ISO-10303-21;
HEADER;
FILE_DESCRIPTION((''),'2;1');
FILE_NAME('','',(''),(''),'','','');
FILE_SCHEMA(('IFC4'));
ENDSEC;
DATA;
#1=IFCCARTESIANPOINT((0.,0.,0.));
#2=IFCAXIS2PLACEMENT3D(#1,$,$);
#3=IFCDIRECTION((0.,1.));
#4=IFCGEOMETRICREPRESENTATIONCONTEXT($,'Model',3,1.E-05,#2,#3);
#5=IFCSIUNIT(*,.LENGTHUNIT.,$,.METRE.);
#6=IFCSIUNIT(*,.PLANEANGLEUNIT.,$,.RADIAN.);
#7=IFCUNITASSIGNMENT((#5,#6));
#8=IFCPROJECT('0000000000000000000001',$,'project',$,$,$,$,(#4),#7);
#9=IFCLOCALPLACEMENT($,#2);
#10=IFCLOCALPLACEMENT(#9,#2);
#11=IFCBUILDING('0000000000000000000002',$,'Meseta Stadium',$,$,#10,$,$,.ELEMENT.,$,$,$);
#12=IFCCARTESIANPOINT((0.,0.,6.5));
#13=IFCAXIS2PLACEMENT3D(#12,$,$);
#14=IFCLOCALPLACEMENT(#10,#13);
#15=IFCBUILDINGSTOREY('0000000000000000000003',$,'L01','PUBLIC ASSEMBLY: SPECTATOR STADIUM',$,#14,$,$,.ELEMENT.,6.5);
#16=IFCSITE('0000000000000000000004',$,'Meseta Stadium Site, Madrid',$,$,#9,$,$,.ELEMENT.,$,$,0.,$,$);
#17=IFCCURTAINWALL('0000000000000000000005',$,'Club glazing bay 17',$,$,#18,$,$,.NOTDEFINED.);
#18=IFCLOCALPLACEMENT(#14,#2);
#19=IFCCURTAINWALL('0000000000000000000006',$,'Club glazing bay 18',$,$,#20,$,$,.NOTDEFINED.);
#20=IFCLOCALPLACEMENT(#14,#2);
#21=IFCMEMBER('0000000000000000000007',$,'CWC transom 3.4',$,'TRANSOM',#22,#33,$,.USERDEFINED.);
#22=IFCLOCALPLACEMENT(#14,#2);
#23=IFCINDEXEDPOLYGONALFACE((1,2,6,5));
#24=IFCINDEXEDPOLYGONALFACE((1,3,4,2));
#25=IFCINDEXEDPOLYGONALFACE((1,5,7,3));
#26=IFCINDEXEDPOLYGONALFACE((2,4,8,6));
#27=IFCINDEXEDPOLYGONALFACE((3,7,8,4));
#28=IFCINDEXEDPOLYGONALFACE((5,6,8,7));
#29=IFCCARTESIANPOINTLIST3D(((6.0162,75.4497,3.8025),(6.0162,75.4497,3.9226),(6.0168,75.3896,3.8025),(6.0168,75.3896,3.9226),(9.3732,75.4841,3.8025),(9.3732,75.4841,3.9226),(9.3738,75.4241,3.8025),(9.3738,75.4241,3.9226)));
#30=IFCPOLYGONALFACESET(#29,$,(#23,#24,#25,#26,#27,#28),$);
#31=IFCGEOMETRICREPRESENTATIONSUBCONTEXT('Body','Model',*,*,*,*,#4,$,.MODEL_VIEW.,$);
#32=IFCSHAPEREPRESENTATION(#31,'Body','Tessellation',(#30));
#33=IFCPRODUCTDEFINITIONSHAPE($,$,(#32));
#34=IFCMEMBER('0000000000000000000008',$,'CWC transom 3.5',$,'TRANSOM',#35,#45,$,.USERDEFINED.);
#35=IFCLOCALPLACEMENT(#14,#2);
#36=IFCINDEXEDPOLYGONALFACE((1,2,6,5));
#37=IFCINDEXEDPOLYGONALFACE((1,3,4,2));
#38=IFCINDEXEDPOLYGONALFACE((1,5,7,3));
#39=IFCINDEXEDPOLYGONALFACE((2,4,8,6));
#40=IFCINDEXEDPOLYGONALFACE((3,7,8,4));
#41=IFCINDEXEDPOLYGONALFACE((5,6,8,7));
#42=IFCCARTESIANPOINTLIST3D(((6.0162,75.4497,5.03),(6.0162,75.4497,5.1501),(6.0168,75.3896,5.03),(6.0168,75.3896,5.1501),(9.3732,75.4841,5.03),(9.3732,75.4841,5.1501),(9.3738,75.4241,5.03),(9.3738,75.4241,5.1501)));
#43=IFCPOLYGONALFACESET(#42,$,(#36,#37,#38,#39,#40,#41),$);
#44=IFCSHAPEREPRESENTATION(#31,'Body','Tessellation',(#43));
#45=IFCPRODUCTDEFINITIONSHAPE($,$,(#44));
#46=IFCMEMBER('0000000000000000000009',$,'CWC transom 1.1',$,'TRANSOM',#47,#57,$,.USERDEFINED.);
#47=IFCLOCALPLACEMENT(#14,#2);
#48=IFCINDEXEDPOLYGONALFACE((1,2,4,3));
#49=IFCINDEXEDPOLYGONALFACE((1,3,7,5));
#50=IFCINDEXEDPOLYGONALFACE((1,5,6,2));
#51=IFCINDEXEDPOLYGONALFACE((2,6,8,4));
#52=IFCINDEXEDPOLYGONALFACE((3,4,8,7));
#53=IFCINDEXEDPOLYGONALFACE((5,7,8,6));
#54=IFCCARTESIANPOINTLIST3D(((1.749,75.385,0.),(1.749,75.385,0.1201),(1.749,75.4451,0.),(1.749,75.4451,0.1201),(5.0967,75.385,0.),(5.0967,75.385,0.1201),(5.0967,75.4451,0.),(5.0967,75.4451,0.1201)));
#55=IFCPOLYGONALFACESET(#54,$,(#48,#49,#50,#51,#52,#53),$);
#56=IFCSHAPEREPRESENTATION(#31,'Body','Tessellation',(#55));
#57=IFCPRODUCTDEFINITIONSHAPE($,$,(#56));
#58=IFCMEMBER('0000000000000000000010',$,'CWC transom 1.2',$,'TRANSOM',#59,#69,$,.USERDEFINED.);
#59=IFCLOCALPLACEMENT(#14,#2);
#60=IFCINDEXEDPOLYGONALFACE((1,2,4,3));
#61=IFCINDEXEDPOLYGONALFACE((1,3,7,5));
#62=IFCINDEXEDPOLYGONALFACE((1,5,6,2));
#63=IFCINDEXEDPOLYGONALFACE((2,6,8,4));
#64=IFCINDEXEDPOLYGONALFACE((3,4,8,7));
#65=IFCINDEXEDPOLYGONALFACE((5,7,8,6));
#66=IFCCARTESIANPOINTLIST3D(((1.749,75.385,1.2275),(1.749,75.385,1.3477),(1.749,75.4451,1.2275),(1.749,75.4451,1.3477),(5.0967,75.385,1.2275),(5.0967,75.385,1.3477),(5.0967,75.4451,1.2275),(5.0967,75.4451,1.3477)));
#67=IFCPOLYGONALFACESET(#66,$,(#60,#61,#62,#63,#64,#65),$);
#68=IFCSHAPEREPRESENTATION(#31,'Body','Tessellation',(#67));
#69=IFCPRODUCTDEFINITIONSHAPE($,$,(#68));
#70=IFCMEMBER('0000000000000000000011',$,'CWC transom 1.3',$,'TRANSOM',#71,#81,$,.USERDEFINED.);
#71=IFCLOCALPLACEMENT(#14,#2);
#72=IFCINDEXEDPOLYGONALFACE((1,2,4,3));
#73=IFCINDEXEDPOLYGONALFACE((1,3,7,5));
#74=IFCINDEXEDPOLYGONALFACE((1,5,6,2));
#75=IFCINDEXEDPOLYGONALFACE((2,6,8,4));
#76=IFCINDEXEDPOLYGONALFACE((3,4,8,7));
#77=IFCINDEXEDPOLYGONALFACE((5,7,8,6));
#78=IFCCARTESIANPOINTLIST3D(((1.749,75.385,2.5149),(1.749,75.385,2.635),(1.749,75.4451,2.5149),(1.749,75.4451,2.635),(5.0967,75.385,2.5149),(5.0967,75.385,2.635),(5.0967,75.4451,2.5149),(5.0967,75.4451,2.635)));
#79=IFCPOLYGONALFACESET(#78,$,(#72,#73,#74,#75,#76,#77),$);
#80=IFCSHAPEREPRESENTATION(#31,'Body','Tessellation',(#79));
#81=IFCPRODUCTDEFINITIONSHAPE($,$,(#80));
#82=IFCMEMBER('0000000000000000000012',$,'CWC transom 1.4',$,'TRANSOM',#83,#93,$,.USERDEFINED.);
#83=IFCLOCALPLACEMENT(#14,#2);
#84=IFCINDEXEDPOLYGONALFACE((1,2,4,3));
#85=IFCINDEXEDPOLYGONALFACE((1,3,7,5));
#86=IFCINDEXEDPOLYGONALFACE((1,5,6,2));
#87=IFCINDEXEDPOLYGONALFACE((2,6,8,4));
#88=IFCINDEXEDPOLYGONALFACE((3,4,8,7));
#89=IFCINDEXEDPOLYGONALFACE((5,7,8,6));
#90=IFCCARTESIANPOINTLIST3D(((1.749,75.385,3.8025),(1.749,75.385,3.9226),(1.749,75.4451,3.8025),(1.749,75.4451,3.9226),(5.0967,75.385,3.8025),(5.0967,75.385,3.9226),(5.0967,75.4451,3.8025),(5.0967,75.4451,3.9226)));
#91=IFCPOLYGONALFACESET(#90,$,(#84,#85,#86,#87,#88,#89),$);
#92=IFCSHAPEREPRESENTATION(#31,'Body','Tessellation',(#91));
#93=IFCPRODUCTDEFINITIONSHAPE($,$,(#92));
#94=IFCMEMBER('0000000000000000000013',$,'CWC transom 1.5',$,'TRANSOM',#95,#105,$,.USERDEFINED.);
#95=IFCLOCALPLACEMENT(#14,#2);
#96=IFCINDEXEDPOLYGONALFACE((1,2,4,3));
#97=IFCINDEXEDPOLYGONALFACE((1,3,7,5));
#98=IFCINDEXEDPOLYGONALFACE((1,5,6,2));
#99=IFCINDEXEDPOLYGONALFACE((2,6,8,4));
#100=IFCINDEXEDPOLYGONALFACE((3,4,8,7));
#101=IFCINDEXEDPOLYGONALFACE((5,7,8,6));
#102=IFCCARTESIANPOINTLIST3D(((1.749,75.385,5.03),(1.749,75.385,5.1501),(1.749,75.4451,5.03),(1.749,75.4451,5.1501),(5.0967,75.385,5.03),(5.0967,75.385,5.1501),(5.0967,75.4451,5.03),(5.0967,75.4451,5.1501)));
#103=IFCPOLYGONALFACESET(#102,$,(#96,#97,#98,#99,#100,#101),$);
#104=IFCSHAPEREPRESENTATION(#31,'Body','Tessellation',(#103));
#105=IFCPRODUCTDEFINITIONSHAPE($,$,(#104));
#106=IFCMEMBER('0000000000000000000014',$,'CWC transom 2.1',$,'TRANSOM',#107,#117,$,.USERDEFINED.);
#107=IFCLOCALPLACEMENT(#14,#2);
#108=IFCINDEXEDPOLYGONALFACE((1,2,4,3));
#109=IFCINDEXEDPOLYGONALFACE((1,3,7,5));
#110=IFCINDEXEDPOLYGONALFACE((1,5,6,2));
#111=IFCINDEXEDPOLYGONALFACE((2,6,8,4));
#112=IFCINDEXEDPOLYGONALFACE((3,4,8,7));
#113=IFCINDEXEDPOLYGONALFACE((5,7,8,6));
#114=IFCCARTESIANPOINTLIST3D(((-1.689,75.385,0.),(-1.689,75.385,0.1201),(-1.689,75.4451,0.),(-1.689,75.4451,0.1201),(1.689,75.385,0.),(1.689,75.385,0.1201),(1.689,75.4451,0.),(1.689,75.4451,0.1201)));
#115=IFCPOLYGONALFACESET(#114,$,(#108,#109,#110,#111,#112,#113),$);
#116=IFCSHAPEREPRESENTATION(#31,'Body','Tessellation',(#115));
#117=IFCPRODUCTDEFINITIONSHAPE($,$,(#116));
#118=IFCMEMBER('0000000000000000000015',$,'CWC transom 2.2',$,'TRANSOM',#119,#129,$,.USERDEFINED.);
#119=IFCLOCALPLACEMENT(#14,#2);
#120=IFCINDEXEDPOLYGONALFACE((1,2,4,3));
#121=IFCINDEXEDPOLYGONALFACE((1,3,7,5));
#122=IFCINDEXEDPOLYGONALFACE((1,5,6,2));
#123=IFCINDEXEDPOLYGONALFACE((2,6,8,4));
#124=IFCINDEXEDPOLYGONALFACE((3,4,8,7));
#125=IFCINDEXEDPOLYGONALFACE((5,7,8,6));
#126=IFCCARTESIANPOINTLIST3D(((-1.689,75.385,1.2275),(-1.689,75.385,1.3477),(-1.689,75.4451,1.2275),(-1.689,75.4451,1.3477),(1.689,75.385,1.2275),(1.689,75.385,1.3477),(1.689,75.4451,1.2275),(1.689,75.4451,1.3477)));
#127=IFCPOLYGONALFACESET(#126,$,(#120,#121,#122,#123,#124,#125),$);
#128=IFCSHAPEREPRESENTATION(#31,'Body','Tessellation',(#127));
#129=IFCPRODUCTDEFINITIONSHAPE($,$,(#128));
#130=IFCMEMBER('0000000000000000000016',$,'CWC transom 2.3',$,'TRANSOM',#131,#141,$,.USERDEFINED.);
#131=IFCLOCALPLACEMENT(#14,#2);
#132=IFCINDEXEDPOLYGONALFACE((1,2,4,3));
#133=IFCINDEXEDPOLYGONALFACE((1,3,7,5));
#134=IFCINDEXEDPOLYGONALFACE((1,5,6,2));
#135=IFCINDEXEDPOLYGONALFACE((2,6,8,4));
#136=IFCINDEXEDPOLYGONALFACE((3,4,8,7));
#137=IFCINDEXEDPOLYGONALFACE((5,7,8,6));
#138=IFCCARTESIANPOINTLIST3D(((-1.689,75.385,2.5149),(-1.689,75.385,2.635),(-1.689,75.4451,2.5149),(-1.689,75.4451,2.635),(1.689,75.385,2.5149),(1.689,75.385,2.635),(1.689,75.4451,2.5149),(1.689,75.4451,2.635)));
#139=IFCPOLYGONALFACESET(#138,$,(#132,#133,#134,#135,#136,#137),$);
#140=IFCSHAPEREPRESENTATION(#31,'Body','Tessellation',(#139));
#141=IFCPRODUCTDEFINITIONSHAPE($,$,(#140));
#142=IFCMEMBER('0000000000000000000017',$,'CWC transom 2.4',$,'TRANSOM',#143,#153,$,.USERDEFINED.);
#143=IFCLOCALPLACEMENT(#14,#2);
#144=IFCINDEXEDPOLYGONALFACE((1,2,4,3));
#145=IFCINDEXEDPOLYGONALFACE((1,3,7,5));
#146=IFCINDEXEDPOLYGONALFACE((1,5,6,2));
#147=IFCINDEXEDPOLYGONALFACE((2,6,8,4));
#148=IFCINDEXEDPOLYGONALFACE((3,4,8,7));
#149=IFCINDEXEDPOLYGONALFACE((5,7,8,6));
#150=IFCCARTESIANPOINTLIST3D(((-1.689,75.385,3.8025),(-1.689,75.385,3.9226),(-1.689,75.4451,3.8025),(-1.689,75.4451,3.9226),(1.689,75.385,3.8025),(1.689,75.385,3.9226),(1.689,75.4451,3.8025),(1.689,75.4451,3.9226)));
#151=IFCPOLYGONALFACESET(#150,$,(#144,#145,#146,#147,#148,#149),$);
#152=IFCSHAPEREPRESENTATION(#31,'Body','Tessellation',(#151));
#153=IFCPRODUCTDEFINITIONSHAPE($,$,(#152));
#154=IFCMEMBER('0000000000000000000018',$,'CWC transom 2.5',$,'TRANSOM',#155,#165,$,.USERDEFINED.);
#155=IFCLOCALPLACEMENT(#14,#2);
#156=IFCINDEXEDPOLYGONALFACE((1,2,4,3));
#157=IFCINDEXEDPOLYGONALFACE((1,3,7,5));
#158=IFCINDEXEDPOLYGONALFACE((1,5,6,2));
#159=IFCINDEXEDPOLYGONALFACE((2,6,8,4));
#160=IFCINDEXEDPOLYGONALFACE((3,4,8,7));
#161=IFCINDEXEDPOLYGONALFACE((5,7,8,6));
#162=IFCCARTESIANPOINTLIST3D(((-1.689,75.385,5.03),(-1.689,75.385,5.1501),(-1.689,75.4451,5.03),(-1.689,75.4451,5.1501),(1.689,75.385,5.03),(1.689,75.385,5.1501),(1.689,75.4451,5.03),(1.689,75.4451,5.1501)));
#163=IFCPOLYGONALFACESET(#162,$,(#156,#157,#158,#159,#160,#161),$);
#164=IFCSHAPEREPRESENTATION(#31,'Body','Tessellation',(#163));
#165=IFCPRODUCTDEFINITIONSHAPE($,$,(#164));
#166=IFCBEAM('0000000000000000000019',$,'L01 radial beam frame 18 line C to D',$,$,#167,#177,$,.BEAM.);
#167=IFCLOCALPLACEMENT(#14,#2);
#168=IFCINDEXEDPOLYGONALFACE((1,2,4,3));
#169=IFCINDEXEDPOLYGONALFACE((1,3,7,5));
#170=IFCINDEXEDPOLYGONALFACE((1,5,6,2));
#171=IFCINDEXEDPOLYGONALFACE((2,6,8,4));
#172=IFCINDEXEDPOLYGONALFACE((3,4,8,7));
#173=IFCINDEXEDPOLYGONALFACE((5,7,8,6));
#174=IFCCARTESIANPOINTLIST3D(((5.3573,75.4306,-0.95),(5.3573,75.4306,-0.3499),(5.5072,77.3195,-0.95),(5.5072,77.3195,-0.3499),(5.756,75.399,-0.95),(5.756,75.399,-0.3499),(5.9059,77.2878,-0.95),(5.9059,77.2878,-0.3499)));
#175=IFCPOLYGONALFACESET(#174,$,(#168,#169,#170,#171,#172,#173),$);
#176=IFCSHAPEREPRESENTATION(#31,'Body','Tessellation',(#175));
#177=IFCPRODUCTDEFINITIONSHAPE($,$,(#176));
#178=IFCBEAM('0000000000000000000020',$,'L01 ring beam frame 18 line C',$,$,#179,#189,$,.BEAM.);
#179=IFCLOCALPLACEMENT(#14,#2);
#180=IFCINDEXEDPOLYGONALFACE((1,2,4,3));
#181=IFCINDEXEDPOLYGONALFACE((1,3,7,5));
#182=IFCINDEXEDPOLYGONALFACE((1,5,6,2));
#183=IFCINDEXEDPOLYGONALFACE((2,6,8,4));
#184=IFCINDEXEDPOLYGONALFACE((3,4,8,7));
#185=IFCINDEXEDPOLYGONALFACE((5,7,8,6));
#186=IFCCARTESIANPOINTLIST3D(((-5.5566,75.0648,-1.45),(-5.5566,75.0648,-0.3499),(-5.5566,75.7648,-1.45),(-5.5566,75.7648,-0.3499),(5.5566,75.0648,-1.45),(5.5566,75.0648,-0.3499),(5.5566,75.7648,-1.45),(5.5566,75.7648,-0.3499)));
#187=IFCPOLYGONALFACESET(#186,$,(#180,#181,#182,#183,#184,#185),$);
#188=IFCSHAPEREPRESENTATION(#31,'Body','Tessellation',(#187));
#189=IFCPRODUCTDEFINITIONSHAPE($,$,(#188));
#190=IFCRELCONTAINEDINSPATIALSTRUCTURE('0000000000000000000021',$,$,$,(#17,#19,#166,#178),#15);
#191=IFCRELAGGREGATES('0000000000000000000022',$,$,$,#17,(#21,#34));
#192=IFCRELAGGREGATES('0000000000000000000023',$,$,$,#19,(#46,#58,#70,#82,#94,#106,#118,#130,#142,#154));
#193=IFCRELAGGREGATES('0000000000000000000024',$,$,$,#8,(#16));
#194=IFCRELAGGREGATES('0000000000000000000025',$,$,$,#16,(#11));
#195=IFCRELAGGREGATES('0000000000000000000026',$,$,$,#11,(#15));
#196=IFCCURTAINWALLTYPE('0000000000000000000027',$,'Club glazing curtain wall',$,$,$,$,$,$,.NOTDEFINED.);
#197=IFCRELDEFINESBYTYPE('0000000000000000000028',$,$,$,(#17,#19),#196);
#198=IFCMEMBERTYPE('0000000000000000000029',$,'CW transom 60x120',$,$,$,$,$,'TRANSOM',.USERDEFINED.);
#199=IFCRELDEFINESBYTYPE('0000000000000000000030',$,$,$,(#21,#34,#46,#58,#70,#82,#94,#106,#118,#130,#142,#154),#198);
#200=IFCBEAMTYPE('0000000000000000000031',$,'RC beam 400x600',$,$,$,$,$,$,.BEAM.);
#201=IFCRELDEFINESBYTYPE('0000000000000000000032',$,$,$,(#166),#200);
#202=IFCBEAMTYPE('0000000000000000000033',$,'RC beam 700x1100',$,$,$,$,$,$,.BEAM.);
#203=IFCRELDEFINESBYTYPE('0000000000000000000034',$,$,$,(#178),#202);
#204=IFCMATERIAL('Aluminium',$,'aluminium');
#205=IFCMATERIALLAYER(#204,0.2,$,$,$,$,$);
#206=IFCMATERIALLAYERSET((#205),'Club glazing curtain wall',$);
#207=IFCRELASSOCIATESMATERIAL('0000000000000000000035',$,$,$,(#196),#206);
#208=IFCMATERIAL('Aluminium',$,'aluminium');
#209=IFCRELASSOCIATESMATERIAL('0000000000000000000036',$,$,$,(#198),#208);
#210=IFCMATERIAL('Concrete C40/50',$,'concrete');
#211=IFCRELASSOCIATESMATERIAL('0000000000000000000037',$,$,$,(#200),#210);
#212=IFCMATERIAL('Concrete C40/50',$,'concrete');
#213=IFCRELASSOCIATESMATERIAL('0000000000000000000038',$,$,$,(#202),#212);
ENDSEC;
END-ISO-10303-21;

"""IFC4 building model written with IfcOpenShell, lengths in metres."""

from ifc_helpers import new_model, si_unit, direction, frame, origin, origin_2d, place, context, subcontext, project, spatial, rectangle, extrude, material, layer, layer_set, material_profile, profile_set, type_object, element, aggregate, save


model = new_model("IFC4")

# Units and contexts
model_context = context("Model", 3, precision=1e-05, world=origin(), true_north=direction((0.0, 1.0)))
body_context = subcontext(model_context, "Body", "Model", "MODEL_VIEW")
ifc_project = project(units=[si_unit("LENGTHUNIT", "METRE"), si_unit("PLANEANGLEUNIT", "RADIAN")], contexts=[model_context])

# Site, building, storey
site_placement = place(None, origin())
site = spatial("IfcSite", under=ifc_project, at=site_placement, Name="Meseta Stadium Site, Madrid", CompositionType="ELEMENT", RefElevation=0.0)
building_placement = place(site_placement, origin())
building = spatial("IfcBuilding", under=site, at=building_placement, Name="Meseta Stadium", CompositionType="ELEMENT")
storey_placement = place(building_placement, frame((0.0, 0.0, 6.5)))
storey = spatial("IfcBuildingStorey", under=building, at=storey_placement, Name="L01", Description="PUBLIC ASSEMBLY: SPECTATOR STADIUM", CompositionType="ELEMENT", Elevation=6.5)

# Curtain walls
ifc_material_1 = material(Name="Aluminium", Category="aluminium")
ifc_layer_1 = layer(ifc_material_1, 0.2)
ifc_layer_set_1 = layer_set([ifc_layer_1], Name="Club glazing curtain wall")
curtain_wall_type = type_object("IfcCurtainWallType", Name="Club glazing curtain wall", PredefinedType="NOTDEFINED", material=ifc_layer_set_1)
curtain_wall_1_placement = place(storey_placement, origin())
curtain_wall_1 = element("IfcCurtainWall", 1, at=curtain_wall_1_placement, inside=storey, type_object=curtain_wall_type, Name="Club glazing bay 17", PredefinedType="NOTDEFINED")
curtain_wall_2_placement = place(storey_placement, origin())
curtain_wall_2 = element("IfcCurtainWall", 2, at=curtain_wall_2_placement, inside=storey, type_object=curtain_wall_type, Name="Club glazing bay 18", PredefinedType="NOTDEFINED")

# Members
ifc_material_2 = material(Name="Aluminium", Category="aluminium")
ifc_material_profile_1 = material_profile(ifc_material_2, rectangle(XDim=0.0601, YDim=0.1201, at=origin_2d()), Name="CW 60x120")
ifc_profile_set_1 = profile_set([ifc_material_profile_1], Name="Aluminium")
member_type_1 = type_object("IfcMemberType", Name="CW transom 60x120", ElementType="TRANSOM", PredefinedType="USERDEFINED", material=ifc_profile_set_1)
member_1_placement = place(storey_placement, frame((9.3735, 75.4541, 3.8625), z_axis=(-0.999947, -0.010254, 0.0), x_axis=(0.010254, -0.999947, 0.0)))
member_1 = element("IfcMember", 3, at=member_1_placement, type_object=member_type_1, Name="CWC transom 3.4", ObjectType="TRANSOM", PredefinedType="USERDEFINED", context=body_context, shape_type="SweptSolid", body=[
    extrude(rectangle(XDim=0.0601, YDim=0.1201, at=origin_2d()), origin(), (0.0, 0.0, 1.0), 3.3572),
])
member_2_placement = place(storey_placement, frame((9.3735, 75.4541, 5.0901), z_axis=(-0.999947, -0.010254, 0.0), x_axis=(0.010254, -0.999947, 0.0)))
member_2 = element("IfcMember", 4, at=member_2_placement, type_object=member_type_1, Name="CWC transom 3.5", ObjectType="TRANSOM", PredefinedType="USERDEFINED", context=body_context, shape_type="SweptSolid", body=[
    extrude(rectangle(XDim=0.0601, YDim=0.1201, at=origin_2d()), origin(), (0.0, 0.0, 1.0), 3.3572),
])
member_3_placement = place(storey_placement, frame((5.0967, 75.415, 0.0601), z_axis=(-1.0, 0.0, 0.0), x_axis=(0.0, -1.0, 0.0)))
member_3 = element("IfcMember", 5, at=member_3_placement, type_object=member_type_1, Name="CWC transom 1.1", ObjectType="TRANSOM", PredefinedType="USERDEFINED", context=body_context, shape_type="SweptSolid", body=[
    extrude(rectangle(XDim=0.0601, YDim=0.1201, at=origin_2d()), origin(), (0.0, 0.0, 1.0), 3.3477),
])
member_4_placement = place(storey_placement, frame((5.0967, 75.415, 1.2876), z_axis=(-1.0, 0.0, 0.0), x_axis=(0.0, -1.0, 0.0)))
member_4 = element("IfcMember", 6, at=member_4_placement, type_object=member_type_1, Name="CWC transom 1.2", ObjectType="TRANSOM", PredefinedType="USERDEFINED", context=body_context, shape_type="SweptSolid", body=[
    extrude(rectangle(XDim=0.0601, YDim=0.1201, at=origin_2d()), origin(), (0.0, 0.0, 1.0), 3.3477),
])
member_5_placement = place(storey_placement, frame((5.0967, 75.415, 2.575), z_axis=(-1.0, 0.0, 0.0), x_axis=(0.0, -1.0, 0.0)))
member_5 = element("IfcMember", 7, at=member_5_placement, type_object=member_type_1, Name="CWC transom 1.3", ObjectType="TRANSOM", PredefinedType="USERDEFINED", context=body_context, shape_type="SweptSolid", body=[
    extrude(rectangle(XDim=0.0601, YDim=0.1201, at=origin_2d()), origin(), (0.0, 0.0, 1.0), 3.3477),
])
member_6_placement = place(storey_placement, frame((5.0967, 75.415, 3.8625), z_axis=(-1.0, 0.0, 0.0), x_axis=(0.0, -1.0, 0.0)))
member_6 = element("IfcMember", 8, at=member_6_placement, type_object=member_type_1, Name="CWC transom 1.4", ObjectType="TRANSOM", PredefinedType="USERDEFINED", context=body_context, shape_type="SweptSolid", body=[
    extrude(rectangle(XDim=0.0601, YDim=0.1201, at=origin_2d()), origin(), (0.0, 0.0, 1.0), 3.3477),
])
member_7_placement = place(storey_placement, frame((5.0967, 75.415, 5.0901), z_axis=(-1.0, 0.0, 0.0), x_axis=(0.0, -1.0, 0.0)))
member_7 = element("IfcMember", 9, at=member_7_placement, type_object=member_type_1, Name="CWC transom 1.5", ObjectType="TRANSOM", PredefinedType="USERDEFINED", context=body_context, shape_type="SweptSolid", body=[
    extrude(rectangle(XDim=0.0601, YDim=0.1201, at=origin_2d()), origin(), (0.0, 0.0, 1.0), 3.3477),
])
member_8_placement = place(storey_placement, frame((1.689, 75.415, 0.0601), z_axis=(-1.0, 0.0, 0.0), x_axis=(0.0, -1.0, 0.0)))
member_8 = element("IfcMember", 10, at=member_8_placement, type_object=member_type_1, Name="CWC transom 2.1", ObjectType="TRANSOM", PredefinedType="USERDEFINED", context=body_context, shape_type="SweptSolid", body=[
    extrude(rectangle(XDim=0.0601, YDim=0.1201, at=origin_2d()), origin(), (0.0, 0.0, 1.0), 3.3779),
])
member_9_placement = place(storey_placement, frame((1.689, 75.415, 1.2876), z_axis=(-1.0, 0.0, 0.0), x_axis=(0.0, -1.0, 0.0)))
member_9 = element("IfcMember", 11, at=member_9_placement, type_object=member_type_1, Name="CWC transom 2.2", ObjectType="TRANSOM", PredefinedType="USERDEFINED", context=body_context, shape_type="SweptSolid", body=[
    extrude(rectangle(XDim=0.0601, YDim=0.1201, at=origin_2d()), origin(), (0.0, 0.0, 1.0), 3.3779),
])
member_10_placement = place(storey_placement, frame((1.689, 75.415, 2.575), z_axis=(-1.0, 0.0, 0.0), x_axis=(0.0, -1.0, 0.0)))
member_10 = element("IfcMember", 12, at=member_10_placement, type_object=member_type_1, Name="CWC transom 2.3", ObjectType="TRANSOM", PredefinedType="USERDEFINED", context=body_context, shape_type="SweptSolid", body=[
    extrude(rectangle(XDim=0.0601, YDim=0.1201, at=origin_2d()), origin(), (0.0, 0.0, 1.0), 3.3779),
])
member_11_placement = place(storey_placement, frame((1.689, 75.415, 3.8625), z_axis=(-1.0, 0.0, 0.0), x_axis=(0.0, -1.0, 0.0)))
member_11 = element("IfcMember", 13, at=member_11_placement, type_object=member_type_1, Name="CWC transom 2.4", ObjectType="TRANSOM", PredefinedType="USERDEFINED", context=body_context, shape_type="SweptSolid", body=[
    extrude(rectangle(XDim=0.0601, YDim=0.1201, at=origin_2d()), origin(), (0.0, 0.0, 1.0), 3.3779),
])
member_12_placement = place(storey_placement, frame((1.689, 75.415, 5.0901), z_axis=(-1.0, 0.0, 0.0), x_axis=(0.0, -1.0, 0.0)))
member_12 = element("IfcMember", 14, at=member_12_placement, type_object=member_type_1, Name="CWC transom 2.5", ObjectType="TRANSOM", PredefinedType="USERDEFINED", context=body_context, shape_type="SweptSolid", body=[
    extrude(rectangle(XDim=0.0601, YDim=0.1201, at=origin_2d()), origin(), (0.0, 0.0, 1.0), 3.3779),
])

# Beams
ifc_material_3 = material(Name="Concrete C40/50", Category="concrete")
ifc_material_profile_2 = material_profile(ifc_material_3, rectangle(XDim=0.3999, YDim=0.6001, at=origin_2d()), Name="RC 400x600")
ifc_profile_set_2 = profile_set([ifc_material_profile_2], Name="Concrete C40/50")
beam_type_1 = type_object("IfcBeamType", Name="RC beam 400x600", PredefinedType="BEAM", material=ifc_profile_set_2)
beam_1_placement = place(storey_placement, frame((5.5566, 75.4148, -0.6499), z_axis=(0.07911, 0.996866, 0.0), x_axis=(-0.996866, 0.07911, 0.0)))
element("IfcBeam", 15, at=beam_1_placement, inside=storey, type_object=beam_type_1, Name="L01 radial beam frame 18 line C to D", PredefinedType="BEAM", context=body_context, shape_type="SweptSolid", body=[
    extrude(rectangle(XDim=0.3999, YDim=0.6001, at=origin_2d()), origin(), (0.0, 0.0, 1.0), 1.8948),
])
ifc_material_4 = material(Name="Concrete C40/50", Category="concrete")
ifc_material_profile_3 = material_profile(ifc_material_4, rectangle(XDim=0.7, YDim=1.1001, at=origin_2d()), Name="RC 700x1100")
ifc_profile_set_3 = profile_set([ifc_material_profile_3], Name="Concrete C40/50")
beam_type_2 = type_object("IfcBeamType", Name="RC beam 700x1100", PredefinedType="BEAM", material=ifc_profile_set_3)
beam_2_placement = place(storey_placement, frame((5.5566, 75.4148, -0.8999), z_axis=(-1.0, 0.0, 0.0), x_axis=(0.0, -1.0, 0.0)))
element("IfcBeam", 16, at=beam_2_placement, inside=storey, type_object=beam_type_2, Name="L01 ring beam frame 18 line C", PredefinedType="BEAM", context=body_context, shape_type="SweptSolid", body=[
    extrude(rectangle(XDim=0.7, YDim=1.1001, at=origin_2d()), origin(), (0.0, 0.0, 1.0), 11.1133),
])

aggregate(curtain_wall_1, [member_1, member_2])
aggregate(curtain_wall_2, [member_3, member_4, member_5, member_6, member_7, member_8, member_9, member_10, member_11, member_12])

save(model, "model.ifc")
